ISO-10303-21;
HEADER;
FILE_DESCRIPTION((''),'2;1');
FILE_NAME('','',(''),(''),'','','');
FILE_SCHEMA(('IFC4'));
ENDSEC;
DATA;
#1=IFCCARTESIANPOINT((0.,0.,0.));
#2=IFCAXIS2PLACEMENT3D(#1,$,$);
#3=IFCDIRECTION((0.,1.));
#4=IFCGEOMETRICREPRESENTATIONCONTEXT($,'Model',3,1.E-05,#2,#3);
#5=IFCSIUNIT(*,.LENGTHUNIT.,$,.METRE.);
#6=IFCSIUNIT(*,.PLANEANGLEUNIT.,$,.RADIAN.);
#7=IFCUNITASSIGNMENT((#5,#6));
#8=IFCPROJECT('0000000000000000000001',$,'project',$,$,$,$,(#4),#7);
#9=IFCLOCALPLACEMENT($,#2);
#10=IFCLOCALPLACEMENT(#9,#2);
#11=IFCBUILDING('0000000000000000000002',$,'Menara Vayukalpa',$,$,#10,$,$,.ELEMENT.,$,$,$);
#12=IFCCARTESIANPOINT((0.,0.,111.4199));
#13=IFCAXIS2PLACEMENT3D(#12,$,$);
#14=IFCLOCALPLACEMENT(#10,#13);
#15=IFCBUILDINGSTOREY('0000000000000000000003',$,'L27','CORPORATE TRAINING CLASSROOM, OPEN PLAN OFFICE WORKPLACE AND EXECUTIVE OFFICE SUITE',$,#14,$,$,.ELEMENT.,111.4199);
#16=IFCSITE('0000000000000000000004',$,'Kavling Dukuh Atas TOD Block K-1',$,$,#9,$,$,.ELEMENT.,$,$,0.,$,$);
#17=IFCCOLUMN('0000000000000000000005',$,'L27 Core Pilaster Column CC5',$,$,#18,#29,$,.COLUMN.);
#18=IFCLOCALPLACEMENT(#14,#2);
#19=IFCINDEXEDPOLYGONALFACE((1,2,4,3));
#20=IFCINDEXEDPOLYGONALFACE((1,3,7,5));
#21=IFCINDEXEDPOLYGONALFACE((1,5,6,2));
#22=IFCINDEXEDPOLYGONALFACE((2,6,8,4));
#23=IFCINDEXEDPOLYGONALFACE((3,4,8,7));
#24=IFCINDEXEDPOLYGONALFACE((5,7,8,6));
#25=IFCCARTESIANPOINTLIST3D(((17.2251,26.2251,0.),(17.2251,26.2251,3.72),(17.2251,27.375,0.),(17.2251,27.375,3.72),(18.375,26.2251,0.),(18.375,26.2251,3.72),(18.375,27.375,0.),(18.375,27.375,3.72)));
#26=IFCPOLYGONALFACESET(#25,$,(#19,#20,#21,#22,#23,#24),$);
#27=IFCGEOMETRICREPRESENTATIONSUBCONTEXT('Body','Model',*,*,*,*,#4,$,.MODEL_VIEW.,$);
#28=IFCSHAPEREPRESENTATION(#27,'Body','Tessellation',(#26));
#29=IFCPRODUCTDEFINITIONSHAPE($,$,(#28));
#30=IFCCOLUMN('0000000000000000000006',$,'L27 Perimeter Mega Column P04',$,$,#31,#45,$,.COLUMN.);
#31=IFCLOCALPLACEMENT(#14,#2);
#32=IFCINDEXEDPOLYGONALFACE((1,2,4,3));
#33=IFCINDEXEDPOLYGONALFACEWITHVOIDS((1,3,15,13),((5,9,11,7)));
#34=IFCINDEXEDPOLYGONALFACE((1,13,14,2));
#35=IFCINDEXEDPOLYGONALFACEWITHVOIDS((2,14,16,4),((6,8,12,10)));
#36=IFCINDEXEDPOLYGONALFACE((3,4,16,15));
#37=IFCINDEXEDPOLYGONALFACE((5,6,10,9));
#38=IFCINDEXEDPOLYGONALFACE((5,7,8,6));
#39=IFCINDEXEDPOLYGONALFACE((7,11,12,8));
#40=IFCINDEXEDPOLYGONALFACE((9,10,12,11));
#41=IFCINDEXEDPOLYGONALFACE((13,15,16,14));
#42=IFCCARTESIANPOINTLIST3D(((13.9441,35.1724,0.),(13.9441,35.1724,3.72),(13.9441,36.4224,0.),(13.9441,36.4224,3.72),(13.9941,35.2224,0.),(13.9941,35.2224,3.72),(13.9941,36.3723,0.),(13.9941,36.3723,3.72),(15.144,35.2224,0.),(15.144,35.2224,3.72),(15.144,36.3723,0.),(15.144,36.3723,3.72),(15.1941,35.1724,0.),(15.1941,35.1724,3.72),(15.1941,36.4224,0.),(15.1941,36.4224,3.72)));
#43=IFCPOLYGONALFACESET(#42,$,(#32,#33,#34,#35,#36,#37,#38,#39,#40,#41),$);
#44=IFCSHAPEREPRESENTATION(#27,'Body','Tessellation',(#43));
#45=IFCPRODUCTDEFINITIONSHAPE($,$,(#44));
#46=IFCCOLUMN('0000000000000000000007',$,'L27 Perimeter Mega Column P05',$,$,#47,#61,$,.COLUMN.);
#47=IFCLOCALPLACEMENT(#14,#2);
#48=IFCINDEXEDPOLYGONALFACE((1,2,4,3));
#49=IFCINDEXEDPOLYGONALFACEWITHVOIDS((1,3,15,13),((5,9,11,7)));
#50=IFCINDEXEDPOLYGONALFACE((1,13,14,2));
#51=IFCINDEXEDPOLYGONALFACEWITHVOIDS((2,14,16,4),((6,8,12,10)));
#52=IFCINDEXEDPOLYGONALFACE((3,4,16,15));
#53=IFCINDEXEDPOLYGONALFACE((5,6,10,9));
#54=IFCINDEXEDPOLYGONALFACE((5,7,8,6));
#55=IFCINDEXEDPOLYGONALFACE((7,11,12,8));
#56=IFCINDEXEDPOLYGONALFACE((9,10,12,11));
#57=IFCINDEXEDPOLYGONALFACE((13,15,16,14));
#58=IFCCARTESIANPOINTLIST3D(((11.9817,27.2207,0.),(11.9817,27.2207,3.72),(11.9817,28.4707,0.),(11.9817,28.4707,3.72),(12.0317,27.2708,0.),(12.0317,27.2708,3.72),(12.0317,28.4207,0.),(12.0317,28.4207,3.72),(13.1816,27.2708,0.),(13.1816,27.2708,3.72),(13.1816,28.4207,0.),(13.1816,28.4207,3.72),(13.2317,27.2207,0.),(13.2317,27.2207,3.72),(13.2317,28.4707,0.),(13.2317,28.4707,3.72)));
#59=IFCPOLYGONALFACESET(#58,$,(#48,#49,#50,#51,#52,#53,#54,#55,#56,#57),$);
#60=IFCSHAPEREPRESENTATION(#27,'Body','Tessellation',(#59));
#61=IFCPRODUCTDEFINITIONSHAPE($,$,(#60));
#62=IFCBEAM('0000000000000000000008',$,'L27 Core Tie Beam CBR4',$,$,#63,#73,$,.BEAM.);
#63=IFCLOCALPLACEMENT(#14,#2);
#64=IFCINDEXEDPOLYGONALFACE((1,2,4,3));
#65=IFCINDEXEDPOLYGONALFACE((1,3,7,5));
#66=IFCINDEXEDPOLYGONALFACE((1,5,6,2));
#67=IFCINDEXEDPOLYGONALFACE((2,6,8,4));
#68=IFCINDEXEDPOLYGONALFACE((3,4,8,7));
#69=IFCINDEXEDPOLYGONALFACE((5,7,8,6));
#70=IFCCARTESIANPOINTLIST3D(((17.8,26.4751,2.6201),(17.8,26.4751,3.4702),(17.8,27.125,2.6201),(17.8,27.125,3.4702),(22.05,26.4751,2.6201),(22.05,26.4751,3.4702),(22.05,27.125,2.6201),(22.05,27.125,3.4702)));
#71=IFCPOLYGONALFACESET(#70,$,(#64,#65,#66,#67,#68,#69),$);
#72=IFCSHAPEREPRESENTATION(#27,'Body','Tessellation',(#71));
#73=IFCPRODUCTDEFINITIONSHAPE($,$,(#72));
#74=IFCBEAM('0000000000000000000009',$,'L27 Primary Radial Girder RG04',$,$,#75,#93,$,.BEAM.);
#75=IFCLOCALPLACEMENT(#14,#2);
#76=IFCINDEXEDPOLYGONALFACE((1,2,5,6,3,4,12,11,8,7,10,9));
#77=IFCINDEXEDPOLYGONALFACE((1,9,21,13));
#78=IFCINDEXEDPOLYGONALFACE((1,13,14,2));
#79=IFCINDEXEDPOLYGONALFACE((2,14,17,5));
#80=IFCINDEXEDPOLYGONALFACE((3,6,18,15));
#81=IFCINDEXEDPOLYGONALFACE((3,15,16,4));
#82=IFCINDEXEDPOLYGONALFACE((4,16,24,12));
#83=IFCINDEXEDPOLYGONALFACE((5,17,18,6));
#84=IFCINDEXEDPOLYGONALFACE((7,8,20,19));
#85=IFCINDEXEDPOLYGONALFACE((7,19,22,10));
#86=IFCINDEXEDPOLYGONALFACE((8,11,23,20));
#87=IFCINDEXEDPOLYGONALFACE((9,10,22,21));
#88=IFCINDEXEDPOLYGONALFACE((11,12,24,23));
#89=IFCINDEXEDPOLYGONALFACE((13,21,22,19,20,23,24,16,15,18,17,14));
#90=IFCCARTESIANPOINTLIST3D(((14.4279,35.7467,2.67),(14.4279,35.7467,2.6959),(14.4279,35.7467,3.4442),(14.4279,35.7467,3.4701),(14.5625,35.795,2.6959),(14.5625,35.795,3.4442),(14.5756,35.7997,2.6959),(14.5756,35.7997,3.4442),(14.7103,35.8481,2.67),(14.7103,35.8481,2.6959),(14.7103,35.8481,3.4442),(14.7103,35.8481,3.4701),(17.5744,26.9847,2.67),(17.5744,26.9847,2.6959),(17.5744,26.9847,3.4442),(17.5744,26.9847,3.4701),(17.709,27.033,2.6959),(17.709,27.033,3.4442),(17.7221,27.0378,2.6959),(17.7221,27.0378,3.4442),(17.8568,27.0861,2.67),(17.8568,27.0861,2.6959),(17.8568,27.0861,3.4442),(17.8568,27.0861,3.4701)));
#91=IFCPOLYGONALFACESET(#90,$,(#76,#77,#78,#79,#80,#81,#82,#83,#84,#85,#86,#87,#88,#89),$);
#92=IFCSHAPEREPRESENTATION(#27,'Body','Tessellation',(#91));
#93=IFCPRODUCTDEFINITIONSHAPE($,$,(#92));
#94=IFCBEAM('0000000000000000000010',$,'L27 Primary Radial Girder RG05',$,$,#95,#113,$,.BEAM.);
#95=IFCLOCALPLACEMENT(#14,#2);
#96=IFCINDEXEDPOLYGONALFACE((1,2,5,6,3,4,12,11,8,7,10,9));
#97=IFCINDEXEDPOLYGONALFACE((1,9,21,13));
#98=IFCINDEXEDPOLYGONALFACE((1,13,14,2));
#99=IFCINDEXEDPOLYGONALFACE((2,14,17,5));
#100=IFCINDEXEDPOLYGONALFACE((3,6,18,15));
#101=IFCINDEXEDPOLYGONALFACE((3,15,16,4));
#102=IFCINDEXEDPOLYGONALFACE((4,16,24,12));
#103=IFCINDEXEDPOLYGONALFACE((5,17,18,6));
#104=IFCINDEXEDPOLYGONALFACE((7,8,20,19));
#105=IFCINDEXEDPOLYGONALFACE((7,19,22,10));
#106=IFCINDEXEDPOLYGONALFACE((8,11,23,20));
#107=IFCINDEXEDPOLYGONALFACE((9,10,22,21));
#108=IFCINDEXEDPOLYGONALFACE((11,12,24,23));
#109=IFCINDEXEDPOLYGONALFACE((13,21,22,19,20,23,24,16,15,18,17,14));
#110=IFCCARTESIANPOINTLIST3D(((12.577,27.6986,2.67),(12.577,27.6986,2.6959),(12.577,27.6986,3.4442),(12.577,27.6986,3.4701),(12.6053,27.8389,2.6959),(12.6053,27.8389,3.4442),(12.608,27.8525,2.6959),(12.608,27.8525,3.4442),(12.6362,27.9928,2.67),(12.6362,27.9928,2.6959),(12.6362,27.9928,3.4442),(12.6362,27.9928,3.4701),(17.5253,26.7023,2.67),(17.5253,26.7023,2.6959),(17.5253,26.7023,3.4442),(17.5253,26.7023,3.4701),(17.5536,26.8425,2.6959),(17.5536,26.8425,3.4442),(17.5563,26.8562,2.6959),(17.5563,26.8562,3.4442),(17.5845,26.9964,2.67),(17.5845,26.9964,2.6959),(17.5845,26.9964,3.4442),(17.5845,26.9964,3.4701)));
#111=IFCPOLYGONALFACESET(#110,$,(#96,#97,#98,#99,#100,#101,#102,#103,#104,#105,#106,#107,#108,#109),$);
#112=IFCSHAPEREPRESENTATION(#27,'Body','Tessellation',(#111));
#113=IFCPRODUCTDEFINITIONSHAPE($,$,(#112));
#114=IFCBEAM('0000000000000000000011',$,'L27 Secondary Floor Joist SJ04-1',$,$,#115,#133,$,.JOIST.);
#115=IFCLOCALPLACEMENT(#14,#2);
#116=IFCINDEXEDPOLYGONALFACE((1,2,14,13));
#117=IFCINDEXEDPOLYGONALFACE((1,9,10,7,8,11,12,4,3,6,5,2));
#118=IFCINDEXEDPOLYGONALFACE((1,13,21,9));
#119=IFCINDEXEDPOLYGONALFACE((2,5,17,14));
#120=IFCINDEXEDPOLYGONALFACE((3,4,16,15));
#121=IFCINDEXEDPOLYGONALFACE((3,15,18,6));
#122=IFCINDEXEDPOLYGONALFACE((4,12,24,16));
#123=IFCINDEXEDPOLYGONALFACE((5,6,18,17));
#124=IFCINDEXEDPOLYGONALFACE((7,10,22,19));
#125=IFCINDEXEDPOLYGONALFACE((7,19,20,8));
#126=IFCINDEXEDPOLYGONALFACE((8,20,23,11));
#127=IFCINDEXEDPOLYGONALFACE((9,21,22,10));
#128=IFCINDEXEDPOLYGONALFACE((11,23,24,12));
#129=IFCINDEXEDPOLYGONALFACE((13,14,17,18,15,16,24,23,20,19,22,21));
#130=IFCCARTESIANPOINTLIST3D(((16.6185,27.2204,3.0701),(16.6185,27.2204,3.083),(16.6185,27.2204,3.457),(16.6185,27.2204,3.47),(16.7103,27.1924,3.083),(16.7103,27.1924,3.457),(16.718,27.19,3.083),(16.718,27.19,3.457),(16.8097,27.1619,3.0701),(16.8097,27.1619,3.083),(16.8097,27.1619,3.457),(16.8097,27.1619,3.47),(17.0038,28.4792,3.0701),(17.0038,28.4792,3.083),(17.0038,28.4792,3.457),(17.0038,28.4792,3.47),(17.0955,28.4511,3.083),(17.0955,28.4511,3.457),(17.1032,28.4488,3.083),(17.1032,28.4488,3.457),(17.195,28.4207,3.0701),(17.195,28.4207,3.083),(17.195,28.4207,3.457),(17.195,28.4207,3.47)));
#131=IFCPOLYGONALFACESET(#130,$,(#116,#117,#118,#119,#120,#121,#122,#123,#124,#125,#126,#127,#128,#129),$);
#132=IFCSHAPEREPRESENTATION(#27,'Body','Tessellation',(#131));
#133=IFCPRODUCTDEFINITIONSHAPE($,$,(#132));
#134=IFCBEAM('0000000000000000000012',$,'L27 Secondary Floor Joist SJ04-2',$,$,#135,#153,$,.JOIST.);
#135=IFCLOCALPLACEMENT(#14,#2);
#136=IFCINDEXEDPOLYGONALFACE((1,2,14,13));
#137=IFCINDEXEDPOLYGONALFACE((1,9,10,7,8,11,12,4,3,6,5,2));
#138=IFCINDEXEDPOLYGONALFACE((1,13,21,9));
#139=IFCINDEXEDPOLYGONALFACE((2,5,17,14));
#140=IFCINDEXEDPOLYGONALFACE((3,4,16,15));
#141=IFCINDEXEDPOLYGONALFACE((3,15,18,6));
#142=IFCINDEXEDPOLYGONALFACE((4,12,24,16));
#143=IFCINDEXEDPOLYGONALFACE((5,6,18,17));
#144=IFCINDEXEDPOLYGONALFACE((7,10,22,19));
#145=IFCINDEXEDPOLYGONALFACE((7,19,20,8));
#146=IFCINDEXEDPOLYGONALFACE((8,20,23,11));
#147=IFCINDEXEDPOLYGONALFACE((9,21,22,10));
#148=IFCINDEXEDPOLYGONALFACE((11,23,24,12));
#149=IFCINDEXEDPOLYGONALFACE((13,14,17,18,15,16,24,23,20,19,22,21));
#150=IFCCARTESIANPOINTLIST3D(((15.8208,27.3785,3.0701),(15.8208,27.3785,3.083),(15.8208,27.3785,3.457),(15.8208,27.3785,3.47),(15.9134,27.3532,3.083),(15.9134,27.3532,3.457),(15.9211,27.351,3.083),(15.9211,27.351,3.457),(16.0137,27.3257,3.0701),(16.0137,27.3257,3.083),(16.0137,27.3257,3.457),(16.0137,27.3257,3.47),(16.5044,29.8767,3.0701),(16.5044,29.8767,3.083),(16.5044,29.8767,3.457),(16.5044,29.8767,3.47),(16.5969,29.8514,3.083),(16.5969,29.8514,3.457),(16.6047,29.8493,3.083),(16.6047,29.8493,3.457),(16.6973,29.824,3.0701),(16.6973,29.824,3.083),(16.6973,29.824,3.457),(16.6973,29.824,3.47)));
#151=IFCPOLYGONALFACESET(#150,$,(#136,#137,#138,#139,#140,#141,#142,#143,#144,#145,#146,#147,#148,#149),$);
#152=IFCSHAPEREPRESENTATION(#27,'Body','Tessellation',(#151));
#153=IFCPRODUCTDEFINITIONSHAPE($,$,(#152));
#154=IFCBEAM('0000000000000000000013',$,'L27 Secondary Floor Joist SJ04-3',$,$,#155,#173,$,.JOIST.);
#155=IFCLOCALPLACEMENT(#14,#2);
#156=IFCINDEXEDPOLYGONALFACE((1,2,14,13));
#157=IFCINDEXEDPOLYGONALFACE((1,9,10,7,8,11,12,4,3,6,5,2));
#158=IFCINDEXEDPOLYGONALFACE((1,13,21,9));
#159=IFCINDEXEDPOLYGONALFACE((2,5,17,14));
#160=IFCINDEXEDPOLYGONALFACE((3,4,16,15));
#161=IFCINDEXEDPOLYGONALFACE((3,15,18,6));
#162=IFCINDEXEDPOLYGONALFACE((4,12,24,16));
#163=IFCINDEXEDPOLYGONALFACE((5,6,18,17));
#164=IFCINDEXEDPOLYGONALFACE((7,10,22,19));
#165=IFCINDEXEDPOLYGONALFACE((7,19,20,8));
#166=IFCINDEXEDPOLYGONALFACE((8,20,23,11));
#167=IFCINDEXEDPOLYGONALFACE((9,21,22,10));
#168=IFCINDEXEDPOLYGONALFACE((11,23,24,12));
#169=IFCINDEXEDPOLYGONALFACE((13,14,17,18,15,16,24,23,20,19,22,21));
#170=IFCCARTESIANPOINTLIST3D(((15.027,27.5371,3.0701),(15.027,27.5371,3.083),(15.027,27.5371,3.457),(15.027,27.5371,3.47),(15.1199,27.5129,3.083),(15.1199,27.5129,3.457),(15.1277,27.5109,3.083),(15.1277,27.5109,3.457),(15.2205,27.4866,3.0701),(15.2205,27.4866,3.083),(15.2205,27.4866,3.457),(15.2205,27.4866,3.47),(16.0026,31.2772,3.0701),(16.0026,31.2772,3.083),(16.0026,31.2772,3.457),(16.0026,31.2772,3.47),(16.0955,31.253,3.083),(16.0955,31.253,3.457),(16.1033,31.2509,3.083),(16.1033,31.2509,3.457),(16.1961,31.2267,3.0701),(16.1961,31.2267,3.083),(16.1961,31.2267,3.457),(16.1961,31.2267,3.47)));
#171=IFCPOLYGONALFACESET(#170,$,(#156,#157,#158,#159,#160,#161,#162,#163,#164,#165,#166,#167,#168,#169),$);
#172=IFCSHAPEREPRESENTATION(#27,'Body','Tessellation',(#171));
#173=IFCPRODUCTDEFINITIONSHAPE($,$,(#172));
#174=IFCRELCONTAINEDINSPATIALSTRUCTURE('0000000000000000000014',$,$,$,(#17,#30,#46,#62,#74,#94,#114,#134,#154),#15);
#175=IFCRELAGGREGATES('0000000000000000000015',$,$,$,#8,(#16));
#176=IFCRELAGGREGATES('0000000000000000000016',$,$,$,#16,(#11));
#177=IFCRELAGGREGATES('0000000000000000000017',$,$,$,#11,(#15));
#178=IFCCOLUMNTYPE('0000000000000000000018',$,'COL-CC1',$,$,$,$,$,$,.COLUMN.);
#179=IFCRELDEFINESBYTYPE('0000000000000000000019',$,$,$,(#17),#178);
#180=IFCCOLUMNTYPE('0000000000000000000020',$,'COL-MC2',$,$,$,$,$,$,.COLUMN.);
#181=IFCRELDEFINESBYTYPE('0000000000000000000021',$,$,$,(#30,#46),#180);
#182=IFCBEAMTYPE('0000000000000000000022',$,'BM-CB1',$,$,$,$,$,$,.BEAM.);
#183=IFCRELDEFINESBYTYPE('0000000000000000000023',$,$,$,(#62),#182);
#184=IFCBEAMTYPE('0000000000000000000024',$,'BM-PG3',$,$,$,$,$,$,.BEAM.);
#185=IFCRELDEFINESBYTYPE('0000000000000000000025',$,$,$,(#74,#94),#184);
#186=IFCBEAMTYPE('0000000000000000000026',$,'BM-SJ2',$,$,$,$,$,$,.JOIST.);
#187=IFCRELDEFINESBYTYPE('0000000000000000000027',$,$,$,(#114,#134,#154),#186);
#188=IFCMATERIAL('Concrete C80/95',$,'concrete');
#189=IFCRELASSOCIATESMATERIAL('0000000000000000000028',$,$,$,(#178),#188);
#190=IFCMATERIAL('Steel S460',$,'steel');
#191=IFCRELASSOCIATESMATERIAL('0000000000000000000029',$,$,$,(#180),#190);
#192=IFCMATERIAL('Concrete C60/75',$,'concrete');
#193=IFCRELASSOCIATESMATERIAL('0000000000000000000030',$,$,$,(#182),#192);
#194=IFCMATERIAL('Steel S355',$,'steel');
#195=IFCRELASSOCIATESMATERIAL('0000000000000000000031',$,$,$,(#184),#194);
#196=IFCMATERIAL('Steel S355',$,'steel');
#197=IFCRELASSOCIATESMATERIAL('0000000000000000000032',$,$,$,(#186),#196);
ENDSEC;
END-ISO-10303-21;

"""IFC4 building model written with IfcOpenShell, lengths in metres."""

from ifc_helpers import new_model, si_unit, direction, frame, origin, origin_2d, place, context, subcontext, project, spatial, rectangle, hollow_rectangle, i_section, extrude, material, material_profile, profile_set, type_object, element, save


model = new_model("IFC4")

# Units and contexts
model_context = context("Model", 3, precision=1e-05, world=origin(), true_north=direction((0.0, 1.0)))
body_context = subcontext(model_context, "Body", "Model", "MODEL_VIEW")
ifc_project = project(units=[si_unit("LENGTHUNIT", "METRE"), si_unit("PLANEANGLEUNIT", "RADIAN")], contexts=[model_context])

# Site, building, storey
site_placement = place(None, origin())
site = spatial("IfcSite", under=ifc_project, at=site_placement, Name="Kavling Dukuh Atas TOD Block K-1", CompositionType="ELEMENT", RefElevation=0.0)
building_placement = place(site_placement, origin())
building = spatial("IfcBuilding", under=site, at=building_placement, Name="Menara Vayukalpa", CompositionType="ELEMENT")
storey_placement = place(building_placement, frame((0.0, 0.0, 111.4199)))
storey = spatial("IfcBuildingStorey", under=building, at=storey_placement, Name="L27", Description="CORPORATE TRAINING CLASSROOM, OPEN PLAN OFFICE WORKPLACE AND EXECUTIVE OFFICE SUITE", CompositionType="ELEMENT", Elevation=111.4199)

# Columns
ifc_material_1 = material(Name="Concrete C80/95", Category="concrete")
ifc_material_profile_1 = material_profile(ifc_material_1, rectangle(XDim=1.1499, YDim=1.1499, at=origin_2d()), Name="RC 1150x1150")
ifc_profile_set_1 = profile_set([ifc_material_profile_1], Name="Concrete C80/95")
column_type_1 = type_object("IfcColumnType", Name="COL-CC1", PredefinedType="COLUMN", material=ifc_profile_set_1)
column_placement = place(storey_placement, frame((17.8, 26.8, 0.0), z_axis=(0.0, 0.0, 1.0), x_axis=(1.0, 0.0, 0.0)))
element("IfcColumn", 1, at=column_placement, inside=storey, type_object=column_type_1, Name="L27 Core Pilaster Column CC5", PredefinedType="COLUMN", context=body_context, shape_type="SweptSolid", body=[
    extrude(rectangle(XDim=1.1499, YDim=1.1499, at=origin_2d()), origin(), (0.0, 0.0, 1.0), 3.72),
])
ifc_material_2 = material(Name="Steel S460", Category="steel")
ifc_material_profile_2 = material_profile(ifc_material_2, hollow_rectangle(XDim=1.25, YDim=1.25, WallThickness=0.05, at=origin_2d()), Name="BOX 1250x1250x50")
ifc_profile_set_2 = profile_set([ifc_material_profile_2], Name="Steel S460")
column_type_2 = type_object("IfcColumnType", Name="COL-MC2", PredefinedType="COLUMN", material=ifc_profile_set_2)
for number, where, z_axis, x_axis, name in (
    (2, (14.5691, 35.7974, 0.0), (0.0, 0.0, 1.0), (1.0, 0.0, 0.0), "L27 Perimeter Mega Column P04"),
    (3, (12.6067, 27.8457, 0.0), (0.0, 0.0, 1.0), (1.0, 0.0, 0.0), "L27 Perimeter Mega Column P05"),
):
    element("IfcColumn", number, at=place(storey_placement, frame(where, z_axis=z_axis, x_axis=x_axis)), inside=storey, type_object=column_type_2, Name=name, PredefinedType="COLUMN", context=body_context, shape_type="SweptSolid", body=[
        extrude(hollow_rectangle(XDim=1.25, YDim=1.25, WallThickness=0.05, at=origin_2d()), origin(), (0.0, 0.0, 1.0), 3.72),
    ])

# Beams
ifc_material_3 = material(Name="Concrete C60/75", Category="concrete")
ifc_material_profile_3 = material_profile(ifc_material_3, rectangle(XDim=0.6499, YDim=0.8501, at=origin_2d()), Name="RC 650x850")
ifc_profile_set_3 = profile_set([ifc_material_profile_3], Name="Concrete C60/75")
beam_type_1 = type_object("IfcBeamType", Name="BM-CB1", PredefinedType="BEAM", material=ifc_profile_set_3)
beam_1_placement = place(storey_placement, frame((17.8, 26.8, 3.0452), z_axis=(1.0, 0.0, 0.0), x_axis=(0.0, 1.0, 0.0)))
element("IfcBeam", 4, at=beam_1_placement, inside=storey, type_object=beam_type_1, Name="L27 Core Tie Beam CBR4", PredefinedType="BEAM", context=body_context, shape_type="SweptSolid", body=[
    extrude(rectangle(XDim=0.6499, YDim=0.8501, at=origin_2d()), origin(), (0.0, 0.0, 1.0), 4.25),
])
ifc_material_4 = material(Name="Steel S355", Category="steel")
ifc_material_profile_4 = material_profile(ifc_material_4, i_section(OverallWidth=0.3, OverallDepth=0.8, WebThickness=0.0139, FlangeThickness=0.0259, at=origin_2d()), Name="WF 800x300x14x26")
ifc_profile_set_4 = profile_set([ifc_material_profile_4], Name="Steel S355")
beam_type_2 = type_object("IfcBeamType", Name="BM-PG3", PredefinedType="BEAM", material=ifc_profile_set_4)
beam_2_placement = place(storey_placement, frame((17.7156, 27.0354, 3.0701), z_axis=(-0.337976, 0.941155, 0.0), x_axis=(-0.941155, -0.337976, 0.0)))
element("IfcBeam", 5, at=beam_2_placement, inside=storey, type_object=beam_type_2, Name="L27 Primary Radial Girder RG04", PredefinedType="BEAM", context=body_context, shape_type="SweptSolid", body=[
    extrude(i_section(OverallWidth=0.3, OverallDepth=0.8, WebThickness=0.0139, FlangeThickness=0.0259, at=origin_2d()), origin(), (0.0, 0.0, 1.0), 9.3098),
])
beam_3_placement = place(storey_placement, frame((17.5549, 26.8494, 3.0701), z_axis=(-0.980325, 0.19739, 0.0), x_axis=(-0.19739, -0.980325, 0.0)))
element("IfcBeam", 6, at=beam_3_placement, inside=storey, type_object=beam_type_2, Name="L27 Primary Radial Girder RG05", PredefinedType="BEAM", context=body_context, shape_type="SweptSolid", body=[
    extrude(i_section(OverallWidth=0.3, OverallDepth=0.8, WebThickness=0.0139, FlangeThickness=0.0259, at=origin_2d()), origin(), (0.0, 0.0, 1.0), 5.0476),
])
ifc_material_5 = material(Name="Steel S355", Category="steel")
ifc_material_profile_5 = material_profile(ifc_material_5, i_section(OverallWidth=0.2, OverallDepth=0.3999, WebThickness=0.0081, FlangeThickness=0.0129, at=origin_2d()), Name="WF 400x200x8x13")
ifc_profile_set_5 = profile_set([ifc_material_profile_5], Name="Steel S355")
beam_type_3 = type_object("IfcBeamType", Name="BM-SJ2", PredefinedType="JOIST", material=ifc_profile_set_5)
beam_4_placement = place(storey_placement, frame((17.0994, 28.45, 3.27), z_axis=(-0.292652, -0.956219, 0.0), x_axis=(0.956219, -0.292652, 0.0)))
element("IfcBeam", 7, at=beam_4_placement, inside=storey, type_object=beam_type_3, Name="L27 Secondary Floor Joist SJ04-1", PredefinedType="JOIST", context=body_context, shape_type="SweptSolid", body=[
    extrude(i_section(OverallWidth=0.2, OverallDepth=0.3999, WebThickness=0.0081, FlangeThickness=0.0129, at=origin_2d()), origin(), (0.0, 0.0, 1.0), 1.3164),
])
beam_5_placement = place(storey_placement, frame((16.6008, 29.8503, 3.27), z_axis=(-0.263923, -0.964544, 0.0), x_axis=(0.964544, -0.263923, 0.0)))
element("IfcBeam", 8, at=beam_5_placement, inside=storey, type_object=beam_type_3, Name="L27 Secondary Floor Joist SJ04-2", PredefinedType="JOIST", context=body_context, shape_type="SweptSolid", body=[
    extrude(i_section(OverallWidth=0.2, OverallDepth=0.3999, WebThickness=0.0081, FlangeThickness=0.0129, at=origin_2d()), origin(), (0.0, 0.0, 1.0), 2.5901),
])
beam_6_placement = place(storey_placement, frame((16.0994, 31.252, 3.27), z_axis=(-0.252406, -0.967621, 0.0), x_axis=(0.967621, -0.252406, 0.0)))
element("IfcBeam", 9, at=beam_6_placement, inside=storey, type_object=beam_type_3, Name="L27 Secondary Floor Joist SJ04-3", PredefinedType="JOIST", context=body_context, shape_type="SweptSolid", body=[
    extrude(i_section(OverallWidth=0.2, OverallDepth=0.3999, WebThickness=0.0081, FlangeThickness=0.0129, at=origin_2d()), origin(), (0.0, 0.0, 1.0), 3.8652),
])

save(model, "model.ifc")
